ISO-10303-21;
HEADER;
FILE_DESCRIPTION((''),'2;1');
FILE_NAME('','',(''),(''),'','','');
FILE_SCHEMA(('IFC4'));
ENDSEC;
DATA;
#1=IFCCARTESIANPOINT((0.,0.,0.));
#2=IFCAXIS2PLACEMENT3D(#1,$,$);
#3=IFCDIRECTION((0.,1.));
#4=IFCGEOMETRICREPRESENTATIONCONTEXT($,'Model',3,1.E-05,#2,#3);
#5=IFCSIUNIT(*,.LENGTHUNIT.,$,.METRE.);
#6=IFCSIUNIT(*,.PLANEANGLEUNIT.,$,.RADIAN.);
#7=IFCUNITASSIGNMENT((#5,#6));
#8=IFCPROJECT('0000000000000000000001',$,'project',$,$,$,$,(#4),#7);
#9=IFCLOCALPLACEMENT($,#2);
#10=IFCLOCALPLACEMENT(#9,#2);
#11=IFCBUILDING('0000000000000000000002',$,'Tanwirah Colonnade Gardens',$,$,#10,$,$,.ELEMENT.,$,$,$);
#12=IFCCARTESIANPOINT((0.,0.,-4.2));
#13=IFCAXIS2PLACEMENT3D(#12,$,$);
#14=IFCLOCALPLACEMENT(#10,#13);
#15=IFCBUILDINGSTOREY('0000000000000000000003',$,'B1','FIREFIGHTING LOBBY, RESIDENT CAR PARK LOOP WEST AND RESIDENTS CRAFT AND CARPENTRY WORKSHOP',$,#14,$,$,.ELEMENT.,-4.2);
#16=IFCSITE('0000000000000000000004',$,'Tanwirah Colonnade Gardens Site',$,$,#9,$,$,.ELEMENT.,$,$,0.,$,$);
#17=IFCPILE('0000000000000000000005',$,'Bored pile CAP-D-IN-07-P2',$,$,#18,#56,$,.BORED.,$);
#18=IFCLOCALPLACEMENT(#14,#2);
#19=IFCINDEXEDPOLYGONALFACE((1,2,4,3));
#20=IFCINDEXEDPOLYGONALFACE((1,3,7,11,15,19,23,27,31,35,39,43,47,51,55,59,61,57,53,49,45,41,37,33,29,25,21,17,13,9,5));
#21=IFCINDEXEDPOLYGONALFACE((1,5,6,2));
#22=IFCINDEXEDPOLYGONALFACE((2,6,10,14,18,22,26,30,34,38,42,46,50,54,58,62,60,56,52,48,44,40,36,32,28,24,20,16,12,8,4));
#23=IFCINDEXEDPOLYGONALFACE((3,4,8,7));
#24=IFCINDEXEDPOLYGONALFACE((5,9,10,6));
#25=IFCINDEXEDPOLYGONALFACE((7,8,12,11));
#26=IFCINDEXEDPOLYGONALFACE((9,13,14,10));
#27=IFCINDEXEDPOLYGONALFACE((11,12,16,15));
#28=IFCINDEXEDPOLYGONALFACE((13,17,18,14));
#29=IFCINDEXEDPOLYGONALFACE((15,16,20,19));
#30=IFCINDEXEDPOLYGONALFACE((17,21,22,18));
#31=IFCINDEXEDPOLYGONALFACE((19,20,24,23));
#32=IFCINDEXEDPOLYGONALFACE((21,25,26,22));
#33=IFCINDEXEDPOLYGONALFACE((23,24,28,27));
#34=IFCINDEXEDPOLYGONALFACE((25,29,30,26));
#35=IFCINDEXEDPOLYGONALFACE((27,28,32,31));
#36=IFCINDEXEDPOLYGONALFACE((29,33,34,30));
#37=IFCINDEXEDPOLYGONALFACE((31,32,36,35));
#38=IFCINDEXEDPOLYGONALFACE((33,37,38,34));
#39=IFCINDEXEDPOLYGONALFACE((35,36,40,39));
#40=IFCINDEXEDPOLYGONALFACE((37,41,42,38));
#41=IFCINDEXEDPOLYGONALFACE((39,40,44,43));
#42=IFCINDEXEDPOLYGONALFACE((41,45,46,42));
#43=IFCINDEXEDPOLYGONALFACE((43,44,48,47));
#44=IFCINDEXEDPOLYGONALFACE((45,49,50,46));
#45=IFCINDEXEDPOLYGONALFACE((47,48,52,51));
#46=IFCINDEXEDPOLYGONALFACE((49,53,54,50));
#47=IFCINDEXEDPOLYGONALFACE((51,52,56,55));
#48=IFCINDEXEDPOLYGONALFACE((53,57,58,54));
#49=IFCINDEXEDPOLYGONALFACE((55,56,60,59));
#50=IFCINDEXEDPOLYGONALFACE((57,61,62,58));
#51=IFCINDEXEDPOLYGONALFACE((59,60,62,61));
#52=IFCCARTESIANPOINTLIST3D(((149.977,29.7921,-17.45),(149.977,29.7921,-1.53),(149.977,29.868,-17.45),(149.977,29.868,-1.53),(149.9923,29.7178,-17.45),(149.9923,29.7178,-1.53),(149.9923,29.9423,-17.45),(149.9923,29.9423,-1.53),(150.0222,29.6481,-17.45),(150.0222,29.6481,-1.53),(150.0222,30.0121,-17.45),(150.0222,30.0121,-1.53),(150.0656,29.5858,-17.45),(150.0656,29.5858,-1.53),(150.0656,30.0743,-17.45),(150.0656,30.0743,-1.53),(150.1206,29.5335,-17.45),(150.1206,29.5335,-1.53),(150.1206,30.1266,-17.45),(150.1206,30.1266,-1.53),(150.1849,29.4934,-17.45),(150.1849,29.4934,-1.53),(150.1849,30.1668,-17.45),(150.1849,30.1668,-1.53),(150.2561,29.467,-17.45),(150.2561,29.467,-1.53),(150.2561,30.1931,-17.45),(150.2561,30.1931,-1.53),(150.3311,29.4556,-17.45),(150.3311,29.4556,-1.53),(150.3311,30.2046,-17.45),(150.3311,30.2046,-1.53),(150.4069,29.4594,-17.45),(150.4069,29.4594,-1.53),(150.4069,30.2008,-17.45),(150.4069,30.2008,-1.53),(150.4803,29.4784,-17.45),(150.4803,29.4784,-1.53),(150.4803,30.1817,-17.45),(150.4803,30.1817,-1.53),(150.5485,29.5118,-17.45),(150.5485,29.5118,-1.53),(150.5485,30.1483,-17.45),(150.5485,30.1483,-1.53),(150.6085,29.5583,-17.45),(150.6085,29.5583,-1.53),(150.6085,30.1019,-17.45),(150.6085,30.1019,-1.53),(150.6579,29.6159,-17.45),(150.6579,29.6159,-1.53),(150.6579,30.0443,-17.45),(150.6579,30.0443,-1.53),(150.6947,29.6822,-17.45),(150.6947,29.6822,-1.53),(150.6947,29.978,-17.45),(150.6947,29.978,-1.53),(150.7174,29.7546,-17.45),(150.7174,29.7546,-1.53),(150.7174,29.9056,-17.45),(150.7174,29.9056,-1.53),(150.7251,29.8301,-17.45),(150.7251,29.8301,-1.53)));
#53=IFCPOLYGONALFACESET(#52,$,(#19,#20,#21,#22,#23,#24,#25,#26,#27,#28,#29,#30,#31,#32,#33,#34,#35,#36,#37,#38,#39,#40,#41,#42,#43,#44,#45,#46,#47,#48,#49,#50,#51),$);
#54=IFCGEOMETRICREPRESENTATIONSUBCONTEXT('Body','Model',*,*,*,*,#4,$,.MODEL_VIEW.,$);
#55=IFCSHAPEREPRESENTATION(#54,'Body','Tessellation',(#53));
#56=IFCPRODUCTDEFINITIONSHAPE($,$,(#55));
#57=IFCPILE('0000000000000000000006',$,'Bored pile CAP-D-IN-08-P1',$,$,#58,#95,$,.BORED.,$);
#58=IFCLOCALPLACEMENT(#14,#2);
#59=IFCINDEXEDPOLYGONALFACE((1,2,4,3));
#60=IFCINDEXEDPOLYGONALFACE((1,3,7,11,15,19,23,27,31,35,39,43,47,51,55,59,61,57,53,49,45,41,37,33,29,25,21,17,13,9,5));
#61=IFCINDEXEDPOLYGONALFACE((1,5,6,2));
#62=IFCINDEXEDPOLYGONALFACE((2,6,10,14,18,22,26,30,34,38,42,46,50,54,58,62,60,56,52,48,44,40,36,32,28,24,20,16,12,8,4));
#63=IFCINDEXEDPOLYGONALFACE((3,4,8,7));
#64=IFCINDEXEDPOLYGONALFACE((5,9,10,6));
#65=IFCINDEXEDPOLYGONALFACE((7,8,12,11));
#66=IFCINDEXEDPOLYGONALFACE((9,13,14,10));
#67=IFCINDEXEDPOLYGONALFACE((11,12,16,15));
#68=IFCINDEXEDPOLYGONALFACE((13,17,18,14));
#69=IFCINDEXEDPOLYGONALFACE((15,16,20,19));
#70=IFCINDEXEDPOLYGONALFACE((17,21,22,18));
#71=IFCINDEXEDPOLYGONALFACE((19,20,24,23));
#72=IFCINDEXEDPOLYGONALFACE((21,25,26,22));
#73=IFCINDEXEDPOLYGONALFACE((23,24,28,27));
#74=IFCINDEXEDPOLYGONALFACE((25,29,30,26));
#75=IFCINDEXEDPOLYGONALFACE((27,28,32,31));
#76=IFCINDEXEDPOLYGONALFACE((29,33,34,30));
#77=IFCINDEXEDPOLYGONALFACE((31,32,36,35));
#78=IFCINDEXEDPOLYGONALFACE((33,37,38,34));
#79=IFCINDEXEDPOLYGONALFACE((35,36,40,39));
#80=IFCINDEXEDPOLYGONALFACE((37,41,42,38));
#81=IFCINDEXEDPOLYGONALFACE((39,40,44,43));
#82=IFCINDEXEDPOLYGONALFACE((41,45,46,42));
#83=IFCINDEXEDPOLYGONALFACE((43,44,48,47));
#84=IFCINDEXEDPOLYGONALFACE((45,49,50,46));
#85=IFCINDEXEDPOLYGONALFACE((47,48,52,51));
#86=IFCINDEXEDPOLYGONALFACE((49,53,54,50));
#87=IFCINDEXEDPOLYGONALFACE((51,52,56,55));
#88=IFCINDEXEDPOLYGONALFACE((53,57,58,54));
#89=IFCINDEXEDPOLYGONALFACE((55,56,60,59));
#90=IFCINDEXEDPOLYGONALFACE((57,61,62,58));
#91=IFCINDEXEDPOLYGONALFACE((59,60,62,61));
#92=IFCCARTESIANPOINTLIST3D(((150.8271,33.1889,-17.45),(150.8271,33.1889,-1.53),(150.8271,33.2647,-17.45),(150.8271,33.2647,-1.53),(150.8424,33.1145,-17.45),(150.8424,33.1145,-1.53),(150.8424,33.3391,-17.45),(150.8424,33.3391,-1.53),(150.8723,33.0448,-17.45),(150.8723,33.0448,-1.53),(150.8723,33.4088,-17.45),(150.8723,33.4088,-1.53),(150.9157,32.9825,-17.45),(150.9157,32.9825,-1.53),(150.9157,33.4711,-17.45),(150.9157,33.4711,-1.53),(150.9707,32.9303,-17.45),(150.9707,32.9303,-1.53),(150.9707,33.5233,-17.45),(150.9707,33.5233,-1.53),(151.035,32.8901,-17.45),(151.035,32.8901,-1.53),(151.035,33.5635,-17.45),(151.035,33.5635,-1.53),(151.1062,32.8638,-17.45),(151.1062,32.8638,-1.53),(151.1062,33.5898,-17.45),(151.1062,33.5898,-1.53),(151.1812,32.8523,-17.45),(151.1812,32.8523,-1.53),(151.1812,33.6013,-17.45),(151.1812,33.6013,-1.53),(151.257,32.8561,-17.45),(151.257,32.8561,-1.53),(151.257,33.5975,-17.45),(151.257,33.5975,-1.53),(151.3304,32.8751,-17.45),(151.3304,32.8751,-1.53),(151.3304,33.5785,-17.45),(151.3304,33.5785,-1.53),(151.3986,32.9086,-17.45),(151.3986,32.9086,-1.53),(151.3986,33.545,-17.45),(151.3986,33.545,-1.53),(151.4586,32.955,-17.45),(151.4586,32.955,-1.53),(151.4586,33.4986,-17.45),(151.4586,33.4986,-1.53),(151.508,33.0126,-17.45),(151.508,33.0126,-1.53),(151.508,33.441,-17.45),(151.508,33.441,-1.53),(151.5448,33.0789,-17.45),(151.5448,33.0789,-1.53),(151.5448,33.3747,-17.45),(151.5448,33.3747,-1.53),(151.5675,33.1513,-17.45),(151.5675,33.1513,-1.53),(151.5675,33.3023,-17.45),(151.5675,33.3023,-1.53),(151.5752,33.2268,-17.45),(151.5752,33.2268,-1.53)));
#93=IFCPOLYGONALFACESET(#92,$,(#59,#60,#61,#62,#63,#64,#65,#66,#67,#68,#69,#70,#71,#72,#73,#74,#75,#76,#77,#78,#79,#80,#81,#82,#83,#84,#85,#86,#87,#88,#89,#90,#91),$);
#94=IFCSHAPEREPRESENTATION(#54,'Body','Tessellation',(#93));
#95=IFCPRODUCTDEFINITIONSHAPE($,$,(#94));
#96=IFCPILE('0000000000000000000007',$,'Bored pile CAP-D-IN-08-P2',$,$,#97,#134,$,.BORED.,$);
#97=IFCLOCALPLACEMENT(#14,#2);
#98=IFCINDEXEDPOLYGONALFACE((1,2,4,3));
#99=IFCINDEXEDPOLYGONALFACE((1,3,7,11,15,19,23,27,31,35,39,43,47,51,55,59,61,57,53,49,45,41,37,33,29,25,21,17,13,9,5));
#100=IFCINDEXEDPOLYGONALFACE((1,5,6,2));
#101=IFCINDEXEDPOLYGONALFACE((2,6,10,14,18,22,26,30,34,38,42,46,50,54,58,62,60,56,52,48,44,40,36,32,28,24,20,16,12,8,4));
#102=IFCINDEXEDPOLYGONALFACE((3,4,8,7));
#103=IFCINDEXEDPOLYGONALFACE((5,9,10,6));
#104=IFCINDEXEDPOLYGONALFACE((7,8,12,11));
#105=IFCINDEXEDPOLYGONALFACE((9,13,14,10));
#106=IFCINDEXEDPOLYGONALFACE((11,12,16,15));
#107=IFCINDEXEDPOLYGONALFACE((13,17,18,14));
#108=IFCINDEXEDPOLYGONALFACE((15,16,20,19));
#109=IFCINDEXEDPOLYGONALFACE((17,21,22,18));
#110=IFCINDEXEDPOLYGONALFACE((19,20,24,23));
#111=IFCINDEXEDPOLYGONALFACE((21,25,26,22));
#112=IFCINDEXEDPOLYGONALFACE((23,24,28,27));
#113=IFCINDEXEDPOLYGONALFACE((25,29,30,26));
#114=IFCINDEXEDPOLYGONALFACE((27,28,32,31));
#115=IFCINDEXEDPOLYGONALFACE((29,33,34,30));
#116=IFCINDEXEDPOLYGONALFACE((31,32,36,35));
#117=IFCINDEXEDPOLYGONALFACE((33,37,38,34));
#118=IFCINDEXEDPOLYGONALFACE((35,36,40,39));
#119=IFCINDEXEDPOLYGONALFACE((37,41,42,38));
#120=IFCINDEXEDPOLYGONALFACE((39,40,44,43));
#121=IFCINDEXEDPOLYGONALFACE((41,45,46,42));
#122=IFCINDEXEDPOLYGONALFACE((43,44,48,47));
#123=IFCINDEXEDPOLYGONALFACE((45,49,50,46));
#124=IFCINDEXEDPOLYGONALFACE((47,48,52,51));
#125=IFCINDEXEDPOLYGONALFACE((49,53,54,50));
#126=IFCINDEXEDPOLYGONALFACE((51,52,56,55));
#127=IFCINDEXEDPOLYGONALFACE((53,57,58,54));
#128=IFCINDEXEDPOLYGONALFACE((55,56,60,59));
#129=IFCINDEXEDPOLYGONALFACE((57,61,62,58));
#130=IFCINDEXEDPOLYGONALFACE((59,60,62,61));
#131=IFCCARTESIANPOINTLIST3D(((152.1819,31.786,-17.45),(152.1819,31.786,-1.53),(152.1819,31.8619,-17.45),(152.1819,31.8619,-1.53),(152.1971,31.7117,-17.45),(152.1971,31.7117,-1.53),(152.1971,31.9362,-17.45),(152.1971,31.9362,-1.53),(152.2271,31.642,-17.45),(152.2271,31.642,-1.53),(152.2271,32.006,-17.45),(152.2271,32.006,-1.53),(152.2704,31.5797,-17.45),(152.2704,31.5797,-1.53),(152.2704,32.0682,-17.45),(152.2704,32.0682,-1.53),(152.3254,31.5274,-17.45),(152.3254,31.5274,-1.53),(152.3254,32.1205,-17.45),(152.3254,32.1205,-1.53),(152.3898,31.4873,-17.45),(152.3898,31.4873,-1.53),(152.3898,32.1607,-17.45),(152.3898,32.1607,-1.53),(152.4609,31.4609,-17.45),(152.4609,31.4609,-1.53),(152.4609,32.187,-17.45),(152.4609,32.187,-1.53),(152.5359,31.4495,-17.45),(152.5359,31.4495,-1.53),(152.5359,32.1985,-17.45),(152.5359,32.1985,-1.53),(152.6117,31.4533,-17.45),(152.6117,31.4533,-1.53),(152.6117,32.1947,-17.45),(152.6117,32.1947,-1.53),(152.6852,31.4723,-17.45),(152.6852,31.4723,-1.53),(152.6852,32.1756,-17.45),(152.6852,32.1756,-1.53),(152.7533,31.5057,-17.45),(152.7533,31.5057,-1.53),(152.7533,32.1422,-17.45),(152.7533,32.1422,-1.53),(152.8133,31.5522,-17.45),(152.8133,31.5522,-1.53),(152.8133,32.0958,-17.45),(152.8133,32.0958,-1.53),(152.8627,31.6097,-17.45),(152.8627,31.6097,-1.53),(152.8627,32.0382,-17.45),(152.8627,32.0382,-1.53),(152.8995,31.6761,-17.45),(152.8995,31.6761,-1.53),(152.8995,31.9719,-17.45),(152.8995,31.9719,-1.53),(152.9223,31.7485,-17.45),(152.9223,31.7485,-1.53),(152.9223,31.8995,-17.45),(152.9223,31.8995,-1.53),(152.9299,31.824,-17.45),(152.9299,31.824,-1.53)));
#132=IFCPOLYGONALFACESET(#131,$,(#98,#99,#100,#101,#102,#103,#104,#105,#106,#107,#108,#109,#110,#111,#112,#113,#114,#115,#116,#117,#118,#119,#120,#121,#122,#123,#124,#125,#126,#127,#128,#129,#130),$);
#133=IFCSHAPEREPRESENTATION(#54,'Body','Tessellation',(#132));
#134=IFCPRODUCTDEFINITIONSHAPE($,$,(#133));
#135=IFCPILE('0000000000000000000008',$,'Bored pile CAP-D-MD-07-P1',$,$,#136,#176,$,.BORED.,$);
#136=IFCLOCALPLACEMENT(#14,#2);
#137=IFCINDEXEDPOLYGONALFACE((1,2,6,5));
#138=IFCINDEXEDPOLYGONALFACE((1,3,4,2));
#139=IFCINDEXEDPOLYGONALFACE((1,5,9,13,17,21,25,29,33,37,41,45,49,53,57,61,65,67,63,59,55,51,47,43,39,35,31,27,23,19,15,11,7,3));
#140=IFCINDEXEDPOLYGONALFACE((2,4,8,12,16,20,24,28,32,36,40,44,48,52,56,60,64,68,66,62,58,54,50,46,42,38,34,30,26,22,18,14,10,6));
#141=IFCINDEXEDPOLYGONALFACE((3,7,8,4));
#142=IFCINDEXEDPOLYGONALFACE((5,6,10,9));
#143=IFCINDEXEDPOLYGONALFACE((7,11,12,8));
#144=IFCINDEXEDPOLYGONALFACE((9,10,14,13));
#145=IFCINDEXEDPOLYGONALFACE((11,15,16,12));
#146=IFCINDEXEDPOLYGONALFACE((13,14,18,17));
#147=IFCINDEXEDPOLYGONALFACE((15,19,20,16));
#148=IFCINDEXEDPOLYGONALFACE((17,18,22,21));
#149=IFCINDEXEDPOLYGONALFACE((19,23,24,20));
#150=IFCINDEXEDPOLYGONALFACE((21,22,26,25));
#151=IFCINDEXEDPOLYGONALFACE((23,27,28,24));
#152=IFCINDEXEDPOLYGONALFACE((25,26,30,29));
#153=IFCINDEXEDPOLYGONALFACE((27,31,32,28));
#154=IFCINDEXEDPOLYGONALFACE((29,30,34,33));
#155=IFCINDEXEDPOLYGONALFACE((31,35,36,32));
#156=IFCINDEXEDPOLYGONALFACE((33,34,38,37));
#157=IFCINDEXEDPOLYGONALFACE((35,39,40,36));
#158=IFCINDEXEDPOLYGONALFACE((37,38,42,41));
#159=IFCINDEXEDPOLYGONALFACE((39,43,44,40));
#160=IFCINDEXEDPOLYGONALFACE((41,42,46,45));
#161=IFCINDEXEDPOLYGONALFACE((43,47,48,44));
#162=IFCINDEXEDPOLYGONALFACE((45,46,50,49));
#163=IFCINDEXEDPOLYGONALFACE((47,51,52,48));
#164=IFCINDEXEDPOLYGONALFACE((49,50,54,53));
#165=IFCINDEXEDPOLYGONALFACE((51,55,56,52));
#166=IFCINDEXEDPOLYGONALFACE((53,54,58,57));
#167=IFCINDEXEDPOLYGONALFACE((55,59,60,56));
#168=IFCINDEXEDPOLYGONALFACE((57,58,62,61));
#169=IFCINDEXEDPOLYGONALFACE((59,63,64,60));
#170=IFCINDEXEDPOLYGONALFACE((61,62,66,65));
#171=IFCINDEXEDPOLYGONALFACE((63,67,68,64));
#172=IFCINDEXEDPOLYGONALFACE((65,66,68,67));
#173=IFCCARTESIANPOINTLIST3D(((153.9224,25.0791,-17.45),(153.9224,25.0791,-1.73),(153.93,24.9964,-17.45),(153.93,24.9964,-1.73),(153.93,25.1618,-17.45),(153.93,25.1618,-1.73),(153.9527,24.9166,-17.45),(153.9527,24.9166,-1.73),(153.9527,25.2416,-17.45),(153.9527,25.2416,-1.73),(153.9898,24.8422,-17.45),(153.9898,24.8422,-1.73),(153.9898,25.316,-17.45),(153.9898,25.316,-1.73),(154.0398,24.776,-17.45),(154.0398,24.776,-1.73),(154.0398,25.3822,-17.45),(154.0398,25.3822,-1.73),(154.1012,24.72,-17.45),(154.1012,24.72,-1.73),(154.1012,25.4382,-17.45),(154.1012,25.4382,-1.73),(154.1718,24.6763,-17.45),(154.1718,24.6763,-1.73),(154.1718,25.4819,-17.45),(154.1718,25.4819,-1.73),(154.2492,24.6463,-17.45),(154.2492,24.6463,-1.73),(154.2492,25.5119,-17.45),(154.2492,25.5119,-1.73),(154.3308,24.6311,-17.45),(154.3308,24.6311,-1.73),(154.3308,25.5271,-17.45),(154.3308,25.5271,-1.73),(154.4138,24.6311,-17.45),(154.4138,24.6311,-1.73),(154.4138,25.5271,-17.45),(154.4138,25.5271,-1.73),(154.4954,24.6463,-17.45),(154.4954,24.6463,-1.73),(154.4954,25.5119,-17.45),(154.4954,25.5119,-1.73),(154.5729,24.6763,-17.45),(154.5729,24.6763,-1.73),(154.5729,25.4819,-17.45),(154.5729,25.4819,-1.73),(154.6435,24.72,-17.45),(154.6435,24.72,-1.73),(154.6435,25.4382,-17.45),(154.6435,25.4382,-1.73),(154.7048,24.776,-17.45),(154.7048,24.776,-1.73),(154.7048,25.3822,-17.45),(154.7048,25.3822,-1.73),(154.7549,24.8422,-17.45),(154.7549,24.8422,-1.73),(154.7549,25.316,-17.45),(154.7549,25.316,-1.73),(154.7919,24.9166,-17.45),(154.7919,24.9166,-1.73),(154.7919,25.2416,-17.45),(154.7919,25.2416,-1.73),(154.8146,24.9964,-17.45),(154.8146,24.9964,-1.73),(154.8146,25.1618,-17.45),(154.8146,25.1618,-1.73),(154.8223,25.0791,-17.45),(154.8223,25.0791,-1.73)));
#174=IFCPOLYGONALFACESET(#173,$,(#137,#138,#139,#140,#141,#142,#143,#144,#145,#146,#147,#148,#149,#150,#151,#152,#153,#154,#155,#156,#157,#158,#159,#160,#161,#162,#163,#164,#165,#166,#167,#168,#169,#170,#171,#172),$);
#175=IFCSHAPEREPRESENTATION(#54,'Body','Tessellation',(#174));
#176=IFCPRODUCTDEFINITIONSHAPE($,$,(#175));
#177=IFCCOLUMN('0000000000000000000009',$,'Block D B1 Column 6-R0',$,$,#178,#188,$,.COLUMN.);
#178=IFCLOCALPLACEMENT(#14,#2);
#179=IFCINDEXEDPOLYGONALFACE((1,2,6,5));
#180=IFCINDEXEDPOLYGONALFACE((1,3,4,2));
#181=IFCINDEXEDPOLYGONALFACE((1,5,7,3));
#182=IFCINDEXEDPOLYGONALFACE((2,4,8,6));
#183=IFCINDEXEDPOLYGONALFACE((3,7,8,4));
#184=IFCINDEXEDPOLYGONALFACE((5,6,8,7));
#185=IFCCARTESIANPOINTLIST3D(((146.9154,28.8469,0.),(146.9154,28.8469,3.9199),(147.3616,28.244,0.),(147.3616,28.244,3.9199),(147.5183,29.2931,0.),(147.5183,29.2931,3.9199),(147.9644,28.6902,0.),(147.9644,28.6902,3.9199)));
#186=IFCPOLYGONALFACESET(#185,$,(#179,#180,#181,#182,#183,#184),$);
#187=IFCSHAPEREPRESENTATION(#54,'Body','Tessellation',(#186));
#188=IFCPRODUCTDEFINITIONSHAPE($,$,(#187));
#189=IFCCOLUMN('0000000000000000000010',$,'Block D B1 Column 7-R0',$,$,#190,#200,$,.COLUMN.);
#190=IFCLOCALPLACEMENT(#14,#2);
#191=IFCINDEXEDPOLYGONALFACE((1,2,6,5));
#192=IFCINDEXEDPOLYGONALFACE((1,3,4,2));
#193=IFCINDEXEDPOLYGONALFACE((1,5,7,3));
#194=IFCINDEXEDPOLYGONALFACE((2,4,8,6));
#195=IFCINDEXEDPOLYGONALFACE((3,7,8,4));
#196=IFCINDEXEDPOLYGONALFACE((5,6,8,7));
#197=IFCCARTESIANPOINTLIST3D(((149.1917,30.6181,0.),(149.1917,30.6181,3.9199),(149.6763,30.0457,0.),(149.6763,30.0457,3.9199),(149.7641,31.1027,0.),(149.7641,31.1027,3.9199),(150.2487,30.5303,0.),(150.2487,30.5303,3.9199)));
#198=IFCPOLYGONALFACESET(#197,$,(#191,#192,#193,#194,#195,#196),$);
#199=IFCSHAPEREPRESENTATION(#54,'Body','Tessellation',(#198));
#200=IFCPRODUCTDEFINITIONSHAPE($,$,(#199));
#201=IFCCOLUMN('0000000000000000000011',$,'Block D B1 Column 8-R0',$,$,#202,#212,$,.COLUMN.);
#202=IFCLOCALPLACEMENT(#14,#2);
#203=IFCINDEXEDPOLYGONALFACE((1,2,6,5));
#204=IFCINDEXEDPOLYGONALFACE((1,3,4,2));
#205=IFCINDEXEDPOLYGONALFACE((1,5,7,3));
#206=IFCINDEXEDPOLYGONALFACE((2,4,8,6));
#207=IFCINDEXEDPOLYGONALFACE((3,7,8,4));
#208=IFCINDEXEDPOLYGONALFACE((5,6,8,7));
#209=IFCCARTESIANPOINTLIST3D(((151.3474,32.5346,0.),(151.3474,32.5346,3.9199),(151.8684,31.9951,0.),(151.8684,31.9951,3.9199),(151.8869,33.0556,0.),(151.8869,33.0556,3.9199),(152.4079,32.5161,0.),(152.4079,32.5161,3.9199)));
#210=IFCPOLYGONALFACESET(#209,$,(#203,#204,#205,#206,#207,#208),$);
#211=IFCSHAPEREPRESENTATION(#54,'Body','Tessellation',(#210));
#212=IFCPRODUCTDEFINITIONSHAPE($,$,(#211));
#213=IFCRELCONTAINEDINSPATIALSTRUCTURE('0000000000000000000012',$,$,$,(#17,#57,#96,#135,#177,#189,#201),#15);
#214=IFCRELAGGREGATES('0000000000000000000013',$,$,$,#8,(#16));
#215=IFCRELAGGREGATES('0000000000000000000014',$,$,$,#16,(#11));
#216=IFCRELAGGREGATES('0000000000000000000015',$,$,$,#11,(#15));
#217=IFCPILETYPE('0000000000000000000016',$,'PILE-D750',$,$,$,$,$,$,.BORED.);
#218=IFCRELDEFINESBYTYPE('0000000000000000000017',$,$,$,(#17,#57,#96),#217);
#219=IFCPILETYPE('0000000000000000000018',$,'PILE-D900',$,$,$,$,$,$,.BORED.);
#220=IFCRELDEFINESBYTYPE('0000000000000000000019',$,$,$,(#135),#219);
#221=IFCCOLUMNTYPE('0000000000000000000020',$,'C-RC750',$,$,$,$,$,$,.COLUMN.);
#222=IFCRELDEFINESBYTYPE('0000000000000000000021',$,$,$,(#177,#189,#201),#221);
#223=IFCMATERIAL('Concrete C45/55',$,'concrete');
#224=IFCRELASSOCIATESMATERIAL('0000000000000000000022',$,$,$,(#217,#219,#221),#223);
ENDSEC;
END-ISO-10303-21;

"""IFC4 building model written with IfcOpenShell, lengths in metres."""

from ifc_helpers import new_model, si_unit, direction, frame, origin, origin_2d, place, context, subcontext, project, spatial, rectangle, circle, extrude, material, material_profile, profile_set, type_object, element, save


model = new_model("IFC4")

# Units and contexts
model_context = context("Model", 3, precision=1e-05, world=origin(), true_north=direction((0.0, 1.0)))
body_context = subcontext(model_context, "Body", "Model", "MODEL_VIEW")
ifc_project = project(units=[si_unit("LENGTHUNIT", "METRE"), si_unit("PLANEANGLEUNIT", "RADIAN")], contexts=[model_context])

# Site, building, storey
site_placement = place(None, origin())
site = spatial("IfcSite", under=ifc_project, at=site_placement, Name="Tanwirah Colonnade Gardens Site", CompositionType="ELEMENT", RefElevation=0.0)
building_placement = place(site_placement, origin())
building = spatial("IfcBuilding", under=site, at=building_placement, Name="Tanwirah Colonnade Gardens", CompositionType="ELEMENT")
storey_placement = place(building_placement, frame((0.0, 0.0, -4.2)))
storey = spatial("IfcBuildingStorey", under=building, at=storey_placement, Name="B1", Description="FIREFIGHTING LOBBY, RESIDENT CAR PARK LOOP WEST AND RESIDENTS CRAFT AND CARPENTRY WORKSHOP", CompositionType="ELEMENT", Elevation=-4.2)

# Shared definitions
ifc_material_1 = material(Name="Concrete C45/55", Category="concrete")

# Piles
ifc_material_profile_1 = material_profile(ifc_material_1, circle(Radius=0.375, at=origin_2d()), Name="PILE D750")
ifc_profile_set_1 = profile_set([ifc_material_profile_1], Name="Concrete C45/55")
pile_type_1 = type_object("IfcPileType", Name="PILE-D750", PredefinedType="BORED", material=ifc_profile_set_1)
for number, where, z_axis, x_axis, name in (
    (1, (150.3501, 29.8301, -1.53), (0.0, 0.0, -1.0), (1.0, 0.0, 0.0), "Bored pile CAP-D-IN-07-P2"),
    (2, (151.2002, 33.2268, -1.53), (0.0, 0.0, -1.0), (1.0, 0.0, 0.0), "Bored pile CAP-D-IN-08-P1"),
    (3, (152.5549, 31.824, -1.53), (0.0, 0.0, -1.0), (1.0, 0.0, 0.0), "Bored pile CAP-D-IN-08-P2"),
):
    element("IfcPile", number, at=place(storey_placement, frame(where, z_axis=z_axis, x_axis=x_axis)), inside=storey, type_object=pile_type_1, Name=name, PredefinedType="BORED", context=body_context, shape_type="SweptSolid", body=[
        extrude(circle(Radius=0.375, at=origin_2d()), origin(), (0.0, 0.0, 1.0), 15.9199),
    ])
ifc_material_profile_2 = material_profile(ifc_material_1, circle(Radius=0.45, at=origin_2d()), Name="PILE D900")
ifc_profile_set_2 = profile_set([ifc_material_profile_2], Name="Concrete C45/55")
pile_type_2 = type_object("IfcPileType", Name="PILE-D900", PredefinedType="BORED", material=ifc_profile_set_2)
pile_placement = place(storey_placement, frame((154.3723, 25.0791, -1.73), z_axis=(0.0, 0.0, -1.0), x_axis=(1.0, 0.0, 0.0)))
element("IfcPile", 4, at=pile_placement, inside=storey, type_object=pile_type_2, Name="Bored pile CAP-D-MD-07-P1", PredefinedType="BORED", context=body_context, shape_type="SweptSolid", body=[
    extrude(circle(Radius=0.45, at=origin_2d()), origin(), (0.0, 0.0, 1.0), 15.72),
])

# Columns
ifc_material_profile_3 = material_profile(ifc_material_1, rectangle(XDim=0.75, YDim=0.75, at=origin_2d()), Name="RC-COL 750x750")
ifc_profile_set_3 = profile_set([ifc_material_profile_3], Name="Concrete C45/55")
column_type_1 = type_object("IfcColumnType", Name="C-RC750", PredefinedType="COLUMN", material=ifc_profile_set_3)
for number, where, z_axis, x_axis, name in (
    (5, (147.4399, 28.7686, 0.0), (0.0, 0.0, 1.0), (0.594823, -0.803857, 0.0), "Block D B1 Column 6-R0"),
    (6, (149.7202, 30.5742, 0.0), (0.0, 0.0, 1.0), (0.646124, -0.763232, 0.0), "Block D B1 Column 7-R0"),
    (7, (151.8777, 32.5254, 0.0), (0.0, 0.0, 1.0), (0.694658, -0.71934, 0.0), "Block D B1 Column 8-R0"),
):
    element("IfcColumn", number, at=place(storey_placement, frame(where, z_axis=z_axis, x_axis=x_axis)), inside=storey, type_object=column_type_1, Name=name, PredefinedType="COLUMN", context=body_context, shape_type="SweptSolid", body=[
        extrude(rectangle(XDim=0.75, YDim=0.75, at=origin_2d()), origin(), (0.0, 0.0, 1.0), 3.9199),
    ])

save(model, "model.ifc")
